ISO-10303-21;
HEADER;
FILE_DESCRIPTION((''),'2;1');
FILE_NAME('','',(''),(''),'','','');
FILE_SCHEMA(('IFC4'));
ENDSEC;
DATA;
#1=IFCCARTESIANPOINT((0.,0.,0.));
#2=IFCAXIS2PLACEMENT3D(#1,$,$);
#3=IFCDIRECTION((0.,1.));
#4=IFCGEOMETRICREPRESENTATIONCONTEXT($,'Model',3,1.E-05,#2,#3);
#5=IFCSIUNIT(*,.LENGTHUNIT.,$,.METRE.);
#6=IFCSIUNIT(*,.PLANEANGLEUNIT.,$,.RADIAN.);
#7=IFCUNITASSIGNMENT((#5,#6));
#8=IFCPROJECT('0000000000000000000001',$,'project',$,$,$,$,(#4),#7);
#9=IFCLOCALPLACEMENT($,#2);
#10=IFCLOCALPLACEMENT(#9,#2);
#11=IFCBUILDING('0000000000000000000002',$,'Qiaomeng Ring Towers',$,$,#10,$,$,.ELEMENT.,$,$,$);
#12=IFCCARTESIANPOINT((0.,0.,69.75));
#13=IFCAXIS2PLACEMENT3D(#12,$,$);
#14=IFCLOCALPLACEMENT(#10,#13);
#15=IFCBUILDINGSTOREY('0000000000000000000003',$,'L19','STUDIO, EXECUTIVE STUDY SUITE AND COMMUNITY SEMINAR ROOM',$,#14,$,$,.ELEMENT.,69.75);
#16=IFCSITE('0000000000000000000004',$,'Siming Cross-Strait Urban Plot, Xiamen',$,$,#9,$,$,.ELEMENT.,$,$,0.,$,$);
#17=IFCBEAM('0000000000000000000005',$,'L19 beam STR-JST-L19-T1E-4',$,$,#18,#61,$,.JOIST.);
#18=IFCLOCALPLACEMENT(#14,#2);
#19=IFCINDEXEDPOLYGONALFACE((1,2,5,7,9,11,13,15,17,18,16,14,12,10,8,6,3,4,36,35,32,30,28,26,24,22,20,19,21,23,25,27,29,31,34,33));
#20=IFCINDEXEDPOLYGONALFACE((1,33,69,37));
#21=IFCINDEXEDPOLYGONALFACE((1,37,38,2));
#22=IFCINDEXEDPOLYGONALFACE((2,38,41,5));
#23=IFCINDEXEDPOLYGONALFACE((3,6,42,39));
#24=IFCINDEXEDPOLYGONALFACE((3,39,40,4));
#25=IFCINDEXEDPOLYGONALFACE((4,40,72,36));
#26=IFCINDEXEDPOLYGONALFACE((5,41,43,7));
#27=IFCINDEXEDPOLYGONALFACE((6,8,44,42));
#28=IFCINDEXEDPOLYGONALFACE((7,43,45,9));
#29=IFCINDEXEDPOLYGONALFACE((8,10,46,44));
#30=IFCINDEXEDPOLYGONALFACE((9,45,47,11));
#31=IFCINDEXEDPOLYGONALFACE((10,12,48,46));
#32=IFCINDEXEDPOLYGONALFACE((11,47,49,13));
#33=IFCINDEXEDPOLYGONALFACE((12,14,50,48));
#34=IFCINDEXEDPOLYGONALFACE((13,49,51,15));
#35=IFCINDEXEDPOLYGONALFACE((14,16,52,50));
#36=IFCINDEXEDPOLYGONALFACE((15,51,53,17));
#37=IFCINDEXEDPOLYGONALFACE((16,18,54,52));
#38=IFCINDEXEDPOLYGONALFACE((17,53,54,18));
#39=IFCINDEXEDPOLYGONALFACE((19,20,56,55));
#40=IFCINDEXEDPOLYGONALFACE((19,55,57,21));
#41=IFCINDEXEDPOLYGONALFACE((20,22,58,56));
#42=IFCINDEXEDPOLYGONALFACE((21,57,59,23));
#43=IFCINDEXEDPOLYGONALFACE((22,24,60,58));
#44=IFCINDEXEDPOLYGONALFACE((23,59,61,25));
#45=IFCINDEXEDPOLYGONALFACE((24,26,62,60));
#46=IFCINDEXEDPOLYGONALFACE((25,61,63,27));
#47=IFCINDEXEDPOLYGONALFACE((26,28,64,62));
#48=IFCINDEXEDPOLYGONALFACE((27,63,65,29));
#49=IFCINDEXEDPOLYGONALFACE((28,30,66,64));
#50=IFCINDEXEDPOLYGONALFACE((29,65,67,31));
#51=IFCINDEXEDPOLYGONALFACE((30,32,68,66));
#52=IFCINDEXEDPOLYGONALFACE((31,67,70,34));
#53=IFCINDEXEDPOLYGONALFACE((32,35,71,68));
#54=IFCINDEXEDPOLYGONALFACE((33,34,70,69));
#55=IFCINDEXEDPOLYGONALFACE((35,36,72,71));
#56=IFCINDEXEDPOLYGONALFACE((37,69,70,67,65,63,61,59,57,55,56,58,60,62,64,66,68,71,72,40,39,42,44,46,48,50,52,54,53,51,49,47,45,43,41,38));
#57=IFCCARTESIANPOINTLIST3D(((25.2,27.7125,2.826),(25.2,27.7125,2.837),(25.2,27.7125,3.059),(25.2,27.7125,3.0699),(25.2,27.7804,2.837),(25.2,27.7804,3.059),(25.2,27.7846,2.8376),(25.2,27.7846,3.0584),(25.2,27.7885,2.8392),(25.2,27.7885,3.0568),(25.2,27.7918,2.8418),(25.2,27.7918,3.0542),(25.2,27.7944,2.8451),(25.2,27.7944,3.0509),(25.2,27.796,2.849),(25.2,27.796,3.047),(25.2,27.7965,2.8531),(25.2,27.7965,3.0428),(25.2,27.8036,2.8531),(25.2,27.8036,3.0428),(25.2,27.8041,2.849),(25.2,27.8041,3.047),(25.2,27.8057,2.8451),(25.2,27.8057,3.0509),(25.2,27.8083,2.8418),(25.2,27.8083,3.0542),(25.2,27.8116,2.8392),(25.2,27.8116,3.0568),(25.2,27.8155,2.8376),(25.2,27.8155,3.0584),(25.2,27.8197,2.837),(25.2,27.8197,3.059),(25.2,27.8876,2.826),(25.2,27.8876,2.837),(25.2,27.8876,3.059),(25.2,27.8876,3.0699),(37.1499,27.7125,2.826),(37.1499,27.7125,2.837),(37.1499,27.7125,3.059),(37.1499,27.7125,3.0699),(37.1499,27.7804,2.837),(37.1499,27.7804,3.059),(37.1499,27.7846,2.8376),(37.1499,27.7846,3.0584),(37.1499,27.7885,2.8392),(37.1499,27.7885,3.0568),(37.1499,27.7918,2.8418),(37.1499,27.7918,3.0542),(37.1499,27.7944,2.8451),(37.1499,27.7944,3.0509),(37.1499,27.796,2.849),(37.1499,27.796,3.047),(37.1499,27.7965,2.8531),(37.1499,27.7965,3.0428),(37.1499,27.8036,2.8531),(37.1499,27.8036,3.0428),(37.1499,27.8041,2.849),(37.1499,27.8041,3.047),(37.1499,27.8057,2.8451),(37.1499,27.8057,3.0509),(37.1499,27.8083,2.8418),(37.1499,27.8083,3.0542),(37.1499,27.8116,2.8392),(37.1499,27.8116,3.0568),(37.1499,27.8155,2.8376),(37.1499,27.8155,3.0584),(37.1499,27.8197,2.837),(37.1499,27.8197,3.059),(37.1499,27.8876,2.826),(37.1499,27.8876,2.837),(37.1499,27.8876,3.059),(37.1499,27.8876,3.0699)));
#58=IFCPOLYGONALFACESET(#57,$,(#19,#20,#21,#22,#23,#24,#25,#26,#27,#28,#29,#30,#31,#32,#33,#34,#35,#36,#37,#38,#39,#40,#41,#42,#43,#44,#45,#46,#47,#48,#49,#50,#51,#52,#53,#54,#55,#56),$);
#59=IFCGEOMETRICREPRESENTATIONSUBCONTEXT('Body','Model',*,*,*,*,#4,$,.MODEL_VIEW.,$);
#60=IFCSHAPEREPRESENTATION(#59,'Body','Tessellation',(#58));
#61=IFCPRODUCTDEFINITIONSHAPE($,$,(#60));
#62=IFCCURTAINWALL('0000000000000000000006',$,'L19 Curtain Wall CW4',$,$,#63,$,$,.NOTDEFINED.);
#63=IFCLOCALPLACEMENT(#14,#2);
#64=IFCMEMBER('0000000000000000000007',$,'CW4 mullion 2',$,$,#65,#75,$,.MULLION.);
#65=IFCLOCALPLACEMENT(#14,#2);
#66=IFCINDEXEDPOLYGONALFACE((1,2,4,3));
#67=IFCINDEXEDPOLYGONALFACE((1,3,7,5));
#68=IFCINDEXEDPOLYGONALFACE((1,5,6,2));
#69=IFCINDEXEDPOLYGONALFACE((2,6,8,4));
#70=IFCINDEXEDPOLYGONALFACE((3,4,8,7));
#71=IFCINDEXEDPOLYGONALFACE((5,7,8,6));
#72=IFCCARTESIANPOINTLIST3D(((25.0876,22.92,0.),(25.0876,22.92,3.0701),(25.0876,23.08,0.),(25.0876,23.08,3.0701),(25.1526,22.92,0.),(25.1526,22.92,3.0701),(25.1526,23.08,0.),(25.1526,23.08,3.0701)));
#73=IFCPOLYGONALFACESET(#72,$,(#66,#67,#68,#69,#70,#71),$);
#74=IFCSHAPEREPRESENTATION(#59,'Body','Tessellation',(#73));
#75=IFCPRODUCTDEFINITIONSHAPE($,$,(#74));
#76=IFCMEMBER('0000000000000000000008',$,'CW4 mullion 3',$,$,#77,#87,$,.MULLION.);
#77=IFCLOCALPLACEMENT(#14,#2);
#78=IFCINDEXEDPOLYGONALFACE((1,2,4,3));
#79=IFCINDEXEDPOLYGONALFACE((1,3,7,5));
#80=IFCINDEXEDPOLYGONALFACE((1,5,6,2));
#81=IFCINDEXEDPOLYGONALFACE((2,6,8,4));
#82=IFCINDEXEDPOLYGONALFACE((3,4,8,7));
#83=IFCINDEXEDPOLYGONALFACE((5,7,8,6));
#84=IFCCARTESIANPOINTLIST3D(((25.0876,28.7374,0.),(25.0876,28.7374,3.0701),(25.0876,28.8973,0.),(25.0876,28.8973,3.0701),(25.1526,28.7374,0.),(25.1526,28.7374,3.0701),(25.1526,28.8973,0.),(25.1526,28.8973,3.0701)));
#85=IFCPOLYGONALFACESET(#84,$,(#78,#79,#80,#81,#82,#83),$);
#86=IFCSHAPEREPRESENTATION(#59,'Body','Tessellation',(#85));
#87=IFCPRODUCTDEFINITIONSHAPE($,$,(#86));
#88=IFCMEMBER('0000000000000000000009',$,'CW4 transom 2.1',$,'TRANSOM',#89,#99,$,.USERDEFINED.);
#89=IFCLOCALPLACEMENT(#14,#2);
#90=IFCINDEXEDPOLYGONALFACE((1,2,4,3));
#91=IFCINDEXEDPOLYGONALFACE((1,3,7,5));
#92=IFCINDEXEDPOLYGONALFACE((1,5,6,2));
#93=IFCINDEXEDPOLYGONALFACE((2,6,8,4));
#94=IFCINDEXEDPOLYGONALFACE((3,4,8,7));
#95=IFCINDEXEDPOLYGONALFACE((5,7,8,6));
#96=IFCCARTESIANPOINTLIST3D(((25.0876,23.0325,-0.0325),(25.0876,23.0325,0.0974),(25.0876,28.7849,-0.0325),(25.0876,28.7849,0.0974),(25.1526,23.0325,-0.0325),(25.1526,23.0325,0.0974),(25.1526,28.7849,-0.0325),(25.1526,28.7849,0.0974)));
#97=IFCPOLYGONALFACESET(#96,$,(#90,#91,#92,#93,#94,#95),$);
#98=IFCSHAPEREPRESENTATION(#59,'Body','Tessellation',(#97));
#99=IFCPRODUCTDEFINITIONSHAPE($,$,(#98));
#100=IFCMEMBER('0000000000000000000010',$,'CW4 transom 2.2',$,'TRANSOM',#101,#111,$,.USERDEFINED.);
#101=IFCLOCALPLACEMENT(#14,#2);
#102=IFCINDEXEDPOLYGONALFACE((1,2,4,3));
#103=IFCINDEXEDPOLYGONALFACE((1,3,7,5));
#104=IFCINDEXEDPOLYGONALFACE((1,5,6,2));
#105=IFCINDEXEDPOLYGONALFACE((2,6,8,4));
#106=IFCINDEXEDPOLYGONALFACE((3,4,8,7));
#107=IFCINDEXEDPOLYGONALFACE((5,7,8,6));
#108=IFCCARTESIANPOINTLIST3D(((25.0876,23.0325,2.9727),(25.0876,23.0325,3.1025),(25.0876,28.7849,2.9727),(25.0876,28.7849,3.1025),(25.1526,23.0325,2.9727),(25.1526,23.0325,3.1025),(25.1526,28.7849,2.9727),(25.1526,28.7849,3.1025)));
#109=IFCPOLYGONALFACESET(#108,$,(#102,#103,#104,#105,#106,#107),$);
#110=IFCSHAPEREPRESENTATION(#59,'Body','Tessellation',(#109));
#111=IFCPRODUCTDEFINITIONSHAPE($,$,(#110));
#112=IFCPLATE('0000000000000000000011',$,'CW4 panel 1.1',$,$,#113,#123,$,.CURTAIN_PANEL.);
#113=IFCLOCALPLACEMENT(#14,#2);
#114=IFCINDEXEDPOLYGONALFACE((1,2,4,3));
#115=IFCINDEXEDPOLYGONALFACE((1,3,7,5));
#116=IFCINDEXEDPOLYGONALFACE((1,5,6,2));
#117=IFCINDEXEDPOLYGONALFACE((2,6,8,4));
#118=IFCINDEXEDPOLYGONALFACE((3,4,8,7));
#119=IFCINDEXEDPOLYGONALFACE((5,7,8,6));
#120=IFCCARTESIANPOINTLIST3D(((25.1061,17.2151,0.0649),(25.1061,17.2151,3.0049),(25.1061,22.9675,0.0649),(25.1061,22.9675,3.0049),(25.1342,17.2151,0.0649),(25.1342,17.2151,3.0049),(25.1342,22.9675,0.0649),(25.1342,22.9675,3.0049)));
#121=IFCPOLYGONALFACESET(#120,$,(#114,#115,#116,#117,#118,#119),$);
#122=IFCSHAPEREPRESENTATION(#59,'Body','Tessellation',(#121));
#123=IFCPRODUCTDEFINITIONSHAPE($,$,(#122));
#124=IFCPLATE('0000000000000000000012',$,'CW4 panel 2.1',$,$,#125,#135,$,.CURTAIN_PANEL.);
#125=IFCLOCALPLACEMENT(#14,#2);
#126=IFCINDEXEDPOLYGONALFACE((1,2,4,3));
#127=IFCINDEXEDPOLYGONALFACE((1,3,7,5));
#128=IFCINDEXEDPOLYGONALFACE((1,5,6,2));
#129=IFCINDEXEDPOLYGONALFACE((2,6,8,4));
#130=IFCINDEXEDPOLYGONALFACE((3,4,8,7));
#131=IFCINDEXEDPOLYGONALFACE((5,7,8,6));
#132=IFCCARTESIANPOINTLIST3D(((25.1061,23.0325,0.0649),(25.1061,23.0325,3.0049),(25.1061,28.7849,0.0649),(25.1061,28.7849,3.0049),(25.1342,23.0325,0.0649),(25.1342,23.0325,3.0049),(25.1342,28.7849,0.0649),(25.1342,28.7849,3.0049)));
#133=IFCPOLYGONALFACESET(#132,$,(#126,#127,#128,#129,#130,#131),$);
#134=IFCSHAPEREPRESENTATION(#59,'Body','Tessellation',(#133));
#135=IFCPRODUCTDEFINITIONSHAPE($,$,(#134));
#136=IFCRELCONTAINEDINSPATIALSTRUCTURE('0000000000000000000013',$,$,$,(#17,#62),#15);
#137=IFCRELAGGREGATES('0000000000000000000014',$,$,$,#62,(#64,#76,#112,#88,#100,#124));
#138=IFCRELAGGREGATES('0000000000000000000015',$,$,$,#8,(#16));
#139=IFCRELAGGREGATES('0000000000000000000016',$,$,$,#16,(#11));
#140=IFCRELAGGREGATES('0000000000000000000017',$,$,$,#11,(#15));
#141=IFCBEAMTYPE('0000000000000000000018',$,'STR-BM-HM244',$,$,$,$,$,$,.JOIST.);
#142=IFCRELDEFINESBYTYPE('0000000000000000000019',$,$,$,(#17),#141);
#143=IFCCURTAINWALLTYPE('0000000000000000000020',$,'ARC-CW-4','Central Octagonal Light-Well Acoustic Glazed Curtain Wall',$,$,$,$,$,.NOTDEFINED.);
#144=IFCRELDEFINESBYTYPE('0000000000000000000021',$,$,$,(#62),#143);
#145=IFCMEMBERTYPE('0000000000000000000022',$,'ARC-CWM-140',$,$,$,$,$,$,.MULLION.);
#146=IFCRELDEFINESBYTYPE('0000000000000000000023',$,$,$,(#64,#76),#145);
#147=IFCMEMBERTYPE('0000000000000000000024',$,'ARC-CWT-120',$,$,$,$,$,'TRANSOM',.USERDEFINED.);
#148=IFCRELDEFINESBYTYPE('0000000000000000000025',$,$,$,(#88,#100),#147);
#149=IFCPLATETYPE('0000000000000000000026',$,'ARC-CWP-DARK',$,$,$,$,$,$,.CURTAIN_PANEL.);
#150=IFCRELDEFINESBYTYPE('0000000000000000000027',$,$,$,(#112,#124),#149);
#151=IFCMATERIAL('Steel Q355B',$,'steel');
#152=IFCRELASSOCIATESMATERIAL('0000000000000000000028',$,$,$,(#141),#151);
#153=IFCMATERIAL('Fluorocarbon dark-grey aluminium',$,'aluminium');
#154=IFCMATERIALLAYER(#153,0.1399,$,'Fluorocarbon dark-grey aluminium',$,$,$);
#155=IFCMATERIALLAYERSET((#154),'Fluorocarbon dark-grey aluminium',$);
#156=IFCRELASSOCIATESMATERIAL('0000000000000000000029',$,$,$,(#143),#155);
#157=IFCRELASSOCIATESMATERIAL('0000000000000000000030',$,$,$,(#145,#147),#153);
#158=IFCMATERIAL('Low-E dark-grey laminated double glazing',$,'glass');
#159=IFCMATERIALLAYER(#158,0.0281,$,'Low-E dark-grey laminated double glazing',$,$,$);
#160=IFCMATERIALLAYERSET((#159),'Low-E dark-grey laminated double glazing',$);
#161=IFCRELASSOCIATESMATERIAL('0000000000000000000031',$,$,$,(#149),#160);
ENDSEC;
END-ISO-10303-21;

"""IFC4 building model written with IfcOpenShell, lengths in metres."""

from ifc_helpers import new_model, si_unit, direction, frame, origin, origin_2d, place, context, subcontext, project, spatial, rectangle, i_section, extrude, source, transform, mapped, material, layer, layer_set, material_profile, profile_set, type_object, element, aggregate, save


model = new_model("IFC4")

# Units and contexts
model_context = context("Model", 3, precision=1e-05, world=origin(), true_north=direction((0.0, 1.0)))
body_context = subcontext(model_context, "Body", "Model", "MODEL_VIEW")
ifc_project = project(units=[si_unit("LENGTHUNIT", "METRE"), si_unit("PLANEANGLEUNIT", "RADIAN")], contexts=[model_context])

# Site, building, storey
site_placement = place(None, origin())
site = spatial("IfcSite", under=ifc_project, at=site_placement, Name="Siming Cross-Strait Urban Plot, Xiamen", CompositionType="ELEMENT", RefElevation=0.0)
building_placement = place(site_placement, origin())
building = spatial("IfcBuilding", under=site, at=building_placement, Name="Qiaomeng Ring Towers", CompositionType="ELEMENT")
storey_placement = place(building_placement, frame((0.0, 0.0, 69.75)))
storey = spatial("IfcBuildingStorey", under=building, at=storey_placement, Name="L19", Description="STUDIO, EXECUTIVE STUDY SUITE AND COMMUNITY SEMINAR ROOM", CompositionType="ELEMENT", Elevation=69.75)

# Beam
ifc_material_1 = material(Name="Steel Q355B", Category="steel")
ifc_material_profile_1 = material_profile(ifc_material_1, i_section(OverallWidth=0.175, OverallDepth=0.2439, WebThickness=0.0071, FlangeThickness=0.011, FilletRadius=0.0161, at=origin_2d()), Name="HM 244x175x7x11")
ifc_profile_set_1 = profile_set([ifc_material_profile_1], Name="Steel Q355B")
beam_type_1 = type_object("IfcBeamType", Name="STR-BM-HM244", PredefinedType="JOIST", material=ifc_profile_set_1)
shared_shape_1 = source(origin(), body_context, "Body", "SweptSolid", [
    extrude(i_section(OverallWidth=0.175, OverallDepth=0.2439, WebThickness=0.0071, FlangeThickness=0.011, FilletRadius=0.0161, at=origin_2d()), origin(), (0.0, 0.0, 1.0), 11.95),
])
for number, where, z_axis, x_axis, name in (
    (1, (25.2, 27.8, 2.948), (1.0, 0.0, 0.0), (0.0, 1.0, 0.0), "L19 beam STR-JST-L19-T1E-4"),
):
    element("IfcBeam", number, at=place(storey_placement, frame(where, z_axis=z_axis, x_axis=x_axis)), inside=storey, type_object=beam_type_1, Name=name, PredefinedType="JOIST", context=body_context, shape_type="MappedRepresentation", body=[
        mapped(shared_shape_1, transform((0.0, 0.0, 0.0), x_axis=(1.0, 0.0, 0.0), y_axis=(0.0, 1.0, 0.0), z_axis=(0.0, 0.0, 1.0), scale=1.0)),
    ])

# Curtain wall, members, plates
ifc_material_2 = material(Name="Fluorocarbon dark-grey aluminium", Category="aluminium")
ifc_layer_1 = layer(ifc_material_2, 0.1399, Name="Fluorocarbon dark-grey aluminium")
ifc_layer_set_1 = layer_set([ifc_layer_1], Name="Fluorocarbon dark-grey aluminium")
curtain_wall_type = type_object("IfcCurtainWallType", Name="ARC-CW-4", Description="Central Octagonal Light-Well Acoustic Glazed Curtain Wall", PredefinedType="NOTDEFINED", material=ifc_layer_set_1)
curtain_wall_placement = place(storey_placement, origin())
curtain_wall = element("IfcCurtainWall", 2, at=curtain_wall_placement, inside=storey, type_object=curtain_wall_type, Name="L19 Curtain Wall CW4", PredefinedType="NOTDEFINED")
ifc_material_profile_2 = material_profile(ifc_material_2, rectangle(XDim=0.0649, YDim=0.1599, at=origin_2d()), Name="ALU MULL 65x160")
ifc_profile_set_2 = profile_set([ifc_material_profile_2], Name="Fluorocarbon dark-grey aluminium")
member_type_1 = type_object("IfcMemberType", Name="ARC-CWM-140", PredefinedType="MULLION", material=ifc_profile_set_2)
shared_shape_2 = source(origin(), body_context, "Body", "SweptSolid", [
    extrude(rectangle(XDim=0.0649, YDim=0.1599, at=origin_2d()), origin(), (0.0, 0.0, 1.0), 3.0701),
])
member_1_placement = place(storey_placement, frame((25.1201, 23.0, 0.0), z_axis=(0.0, 0.0, 1.0), x_axis=(-1.0, 0.0, 0.0)))
member_1 = element("IfcMember", 3, at=member_1_placement, type_object=member_type_1, Name="CW4 mullion 2", PredefinedType="MULLION", context=body_context, shape_type="MappedRepresentation", body=[
    mapped(shared_shape_2, transform((0.0, 0.0, 0.0), x_axis=(1.0, 0.0, 0.0), y_axis=(0.0, 1.0, 0.0), z_axis=(0.0, 0.0, 1.0), scale=1.0)),
])
member_2_placement = place(storey_placement, frame((25.1201, 28.8174, 0.0), z_axis=(0.0, 0.0, 1.0), x_axis=(-1.0, 0.0, 0.0)))
member_2 = element("IfcMember", 4, at=member_2_placement, type_object=member_type_1, Name="CW4 mullion 3", PredefinedType="MULLION", context=body_context, shape_type="MappedRepresentation", body=[
    mapped(shared_shape_2, transform((0.0, 0.0, 0.0), x_axis=(1.0, 0.0, 0.0), y_axis=(0.0, 1.0, 0.0), z_axis=(0.0, 0.0, 1.0), scale=1.0)),
])
ifc_material_profile_3 = material_profile(ifc_material_2, rectangle(XDim=0.0649, YDim=0.1299, at=origin_2d()), Name="ALU TRAN 65x130")
ifc_profile_set_3 = profile_set([ifc_material_profile_3], Name="Fluorocarbon dark-grey aluminium")
member_type_2 = type_object("IfcMemberType", Name="ARC-CWT-120", ElementType="TRANSOM", PredefinedType="USERDEFINED", material=ifc_profile_set_3)
shared_shape_3 = source(origin(), body_context, "Body", "SweptSolid", [
    extrude(rectangle(XDim=0.0649, YDim=0.1299, at=origin_2d()), origin(), (0.0, 0.0, 1.0), 5.7524),
])
member_3_placement = place(storey_placement, frame((25.1201, 23.0325, 0.0325), z_axis=(0.0, 1.0, 0.0), x_axis=(-1.0, 0.0, 0.0)))
member_3 = element("IfcMember", 5, at=member_3_placement, type_object=member_type_2, Name="CW4 transom 2.1", ObjectType="TRANSOM", PredefinedType="USERDEFINED", context=body_context, shape_type="MappedRepresentation", body=[
    mapped(shared_shape_3, transform((0.0, 0.0, 0.0), x_axis=(1.0, 0.0, 0.0), y_axis=(0.0, 1.0, 0.0), z_axis=(0.0, 0.0, 1.0), scale=1.0)),
])
member_4_placement = place(storey_placement, frame((25.1201, 23.0325, 3.0376), z_axis=(0.0, 1.0, 0.0), x_axis=(-1.0, 0.0, 0.0)))
member_4 = element("IfcMember", 6, at=member_4_placement, type_object=member_type_2, Name="CW4 transom 2.2", ObjectType="TRANSOM", PredefinedType="USERDEFINED", context=body_context, shape_type="MappedRepresentation", body=[
    mapped(shared_shape_3, transform((0.0, 0.0, 0.0), x_axis=(1.0, 0.0, 0.0), y_axis=(0.0, 1.0, 0.0), z_axis=(0.0, 0.0, 1.0), scale=1.0)),
])
ifc_material_3 = material(Name="Low-E dark-grey laminated double glazing", Category="glass")
ifc_layer_2 = layer(ifc_material_3, 0.0281, Name="Low-E dark-grey laminated double glazing")
ifc_layer_set_2 = layer_set([ifc_layer_2], Name="Low-E dark-grey laminated double glazing")
plate_type = type_object("IfcPlateType", Name="ARC-CWP-DARK", PredefinedType="CURTAIN_PANEL", material=ifc_layer_set_2)
shared_shape_4 = source(origin(), body_context, "Body", "SweptSolid", [
    extrude(rectangle(XDim=5.7524, YDim=0.0281, at=origin_2d()), origin(), (0.0, 0.0, 1.0), 2.9399),
])
plate_1_placement = place(storey_placement, frame((25.1201, 20.0913, 0.0649), z_axis=(0.0, 0.0, 1.0), x_axis=(0.0, 1.0, 0.0)))
plate_1 = element("IfcPlate", 7, at=plate_1_placement, type_object=plate_type, Name="CW4 panel 1.1", PredefinedType="CURTAIN_PANEL", context=body_context, shape_type="MappedRepresentation", body=[
    mapped(shared_shape_4, transform((0.0, 0.0, 0.0), x_axis=(1.0, 0.0, 0.0), y_axis=(0.0, 1.0, 0.0), z_axis=(0.0, 0.0, 1.0), scale=1.0)),
])
plate_2_placement = place(storey_placement, frame((25.1201, 25.9087, 0.0649), z_axis=(0.0, 0.0, 1.0), x_axis=(0.0, 1.0, 0.0)))
plate_2 = element("IfcPlate", 8, at=plate_2_placement, type_object=plate_type, Name="CW4 panel 2.1", PredefinedType="CURTAIN_PANEL", context=body_context, shape_type="MappedRepresentation", body=[
    mapped(shared_shape_4, transform((0.0, 0.0, 0.0), x_axis=(1.0, 0.0, 0.0), y_axis=(0.0, 1.0, 0.0), z_axis=(0.0, 0.0, 1.0), scale=1.0)),
])
aggregate(curtain_wall, [member_1, member_2, plate_1, member_3, member_4, plate_2])

save(model, "model.ifc")
